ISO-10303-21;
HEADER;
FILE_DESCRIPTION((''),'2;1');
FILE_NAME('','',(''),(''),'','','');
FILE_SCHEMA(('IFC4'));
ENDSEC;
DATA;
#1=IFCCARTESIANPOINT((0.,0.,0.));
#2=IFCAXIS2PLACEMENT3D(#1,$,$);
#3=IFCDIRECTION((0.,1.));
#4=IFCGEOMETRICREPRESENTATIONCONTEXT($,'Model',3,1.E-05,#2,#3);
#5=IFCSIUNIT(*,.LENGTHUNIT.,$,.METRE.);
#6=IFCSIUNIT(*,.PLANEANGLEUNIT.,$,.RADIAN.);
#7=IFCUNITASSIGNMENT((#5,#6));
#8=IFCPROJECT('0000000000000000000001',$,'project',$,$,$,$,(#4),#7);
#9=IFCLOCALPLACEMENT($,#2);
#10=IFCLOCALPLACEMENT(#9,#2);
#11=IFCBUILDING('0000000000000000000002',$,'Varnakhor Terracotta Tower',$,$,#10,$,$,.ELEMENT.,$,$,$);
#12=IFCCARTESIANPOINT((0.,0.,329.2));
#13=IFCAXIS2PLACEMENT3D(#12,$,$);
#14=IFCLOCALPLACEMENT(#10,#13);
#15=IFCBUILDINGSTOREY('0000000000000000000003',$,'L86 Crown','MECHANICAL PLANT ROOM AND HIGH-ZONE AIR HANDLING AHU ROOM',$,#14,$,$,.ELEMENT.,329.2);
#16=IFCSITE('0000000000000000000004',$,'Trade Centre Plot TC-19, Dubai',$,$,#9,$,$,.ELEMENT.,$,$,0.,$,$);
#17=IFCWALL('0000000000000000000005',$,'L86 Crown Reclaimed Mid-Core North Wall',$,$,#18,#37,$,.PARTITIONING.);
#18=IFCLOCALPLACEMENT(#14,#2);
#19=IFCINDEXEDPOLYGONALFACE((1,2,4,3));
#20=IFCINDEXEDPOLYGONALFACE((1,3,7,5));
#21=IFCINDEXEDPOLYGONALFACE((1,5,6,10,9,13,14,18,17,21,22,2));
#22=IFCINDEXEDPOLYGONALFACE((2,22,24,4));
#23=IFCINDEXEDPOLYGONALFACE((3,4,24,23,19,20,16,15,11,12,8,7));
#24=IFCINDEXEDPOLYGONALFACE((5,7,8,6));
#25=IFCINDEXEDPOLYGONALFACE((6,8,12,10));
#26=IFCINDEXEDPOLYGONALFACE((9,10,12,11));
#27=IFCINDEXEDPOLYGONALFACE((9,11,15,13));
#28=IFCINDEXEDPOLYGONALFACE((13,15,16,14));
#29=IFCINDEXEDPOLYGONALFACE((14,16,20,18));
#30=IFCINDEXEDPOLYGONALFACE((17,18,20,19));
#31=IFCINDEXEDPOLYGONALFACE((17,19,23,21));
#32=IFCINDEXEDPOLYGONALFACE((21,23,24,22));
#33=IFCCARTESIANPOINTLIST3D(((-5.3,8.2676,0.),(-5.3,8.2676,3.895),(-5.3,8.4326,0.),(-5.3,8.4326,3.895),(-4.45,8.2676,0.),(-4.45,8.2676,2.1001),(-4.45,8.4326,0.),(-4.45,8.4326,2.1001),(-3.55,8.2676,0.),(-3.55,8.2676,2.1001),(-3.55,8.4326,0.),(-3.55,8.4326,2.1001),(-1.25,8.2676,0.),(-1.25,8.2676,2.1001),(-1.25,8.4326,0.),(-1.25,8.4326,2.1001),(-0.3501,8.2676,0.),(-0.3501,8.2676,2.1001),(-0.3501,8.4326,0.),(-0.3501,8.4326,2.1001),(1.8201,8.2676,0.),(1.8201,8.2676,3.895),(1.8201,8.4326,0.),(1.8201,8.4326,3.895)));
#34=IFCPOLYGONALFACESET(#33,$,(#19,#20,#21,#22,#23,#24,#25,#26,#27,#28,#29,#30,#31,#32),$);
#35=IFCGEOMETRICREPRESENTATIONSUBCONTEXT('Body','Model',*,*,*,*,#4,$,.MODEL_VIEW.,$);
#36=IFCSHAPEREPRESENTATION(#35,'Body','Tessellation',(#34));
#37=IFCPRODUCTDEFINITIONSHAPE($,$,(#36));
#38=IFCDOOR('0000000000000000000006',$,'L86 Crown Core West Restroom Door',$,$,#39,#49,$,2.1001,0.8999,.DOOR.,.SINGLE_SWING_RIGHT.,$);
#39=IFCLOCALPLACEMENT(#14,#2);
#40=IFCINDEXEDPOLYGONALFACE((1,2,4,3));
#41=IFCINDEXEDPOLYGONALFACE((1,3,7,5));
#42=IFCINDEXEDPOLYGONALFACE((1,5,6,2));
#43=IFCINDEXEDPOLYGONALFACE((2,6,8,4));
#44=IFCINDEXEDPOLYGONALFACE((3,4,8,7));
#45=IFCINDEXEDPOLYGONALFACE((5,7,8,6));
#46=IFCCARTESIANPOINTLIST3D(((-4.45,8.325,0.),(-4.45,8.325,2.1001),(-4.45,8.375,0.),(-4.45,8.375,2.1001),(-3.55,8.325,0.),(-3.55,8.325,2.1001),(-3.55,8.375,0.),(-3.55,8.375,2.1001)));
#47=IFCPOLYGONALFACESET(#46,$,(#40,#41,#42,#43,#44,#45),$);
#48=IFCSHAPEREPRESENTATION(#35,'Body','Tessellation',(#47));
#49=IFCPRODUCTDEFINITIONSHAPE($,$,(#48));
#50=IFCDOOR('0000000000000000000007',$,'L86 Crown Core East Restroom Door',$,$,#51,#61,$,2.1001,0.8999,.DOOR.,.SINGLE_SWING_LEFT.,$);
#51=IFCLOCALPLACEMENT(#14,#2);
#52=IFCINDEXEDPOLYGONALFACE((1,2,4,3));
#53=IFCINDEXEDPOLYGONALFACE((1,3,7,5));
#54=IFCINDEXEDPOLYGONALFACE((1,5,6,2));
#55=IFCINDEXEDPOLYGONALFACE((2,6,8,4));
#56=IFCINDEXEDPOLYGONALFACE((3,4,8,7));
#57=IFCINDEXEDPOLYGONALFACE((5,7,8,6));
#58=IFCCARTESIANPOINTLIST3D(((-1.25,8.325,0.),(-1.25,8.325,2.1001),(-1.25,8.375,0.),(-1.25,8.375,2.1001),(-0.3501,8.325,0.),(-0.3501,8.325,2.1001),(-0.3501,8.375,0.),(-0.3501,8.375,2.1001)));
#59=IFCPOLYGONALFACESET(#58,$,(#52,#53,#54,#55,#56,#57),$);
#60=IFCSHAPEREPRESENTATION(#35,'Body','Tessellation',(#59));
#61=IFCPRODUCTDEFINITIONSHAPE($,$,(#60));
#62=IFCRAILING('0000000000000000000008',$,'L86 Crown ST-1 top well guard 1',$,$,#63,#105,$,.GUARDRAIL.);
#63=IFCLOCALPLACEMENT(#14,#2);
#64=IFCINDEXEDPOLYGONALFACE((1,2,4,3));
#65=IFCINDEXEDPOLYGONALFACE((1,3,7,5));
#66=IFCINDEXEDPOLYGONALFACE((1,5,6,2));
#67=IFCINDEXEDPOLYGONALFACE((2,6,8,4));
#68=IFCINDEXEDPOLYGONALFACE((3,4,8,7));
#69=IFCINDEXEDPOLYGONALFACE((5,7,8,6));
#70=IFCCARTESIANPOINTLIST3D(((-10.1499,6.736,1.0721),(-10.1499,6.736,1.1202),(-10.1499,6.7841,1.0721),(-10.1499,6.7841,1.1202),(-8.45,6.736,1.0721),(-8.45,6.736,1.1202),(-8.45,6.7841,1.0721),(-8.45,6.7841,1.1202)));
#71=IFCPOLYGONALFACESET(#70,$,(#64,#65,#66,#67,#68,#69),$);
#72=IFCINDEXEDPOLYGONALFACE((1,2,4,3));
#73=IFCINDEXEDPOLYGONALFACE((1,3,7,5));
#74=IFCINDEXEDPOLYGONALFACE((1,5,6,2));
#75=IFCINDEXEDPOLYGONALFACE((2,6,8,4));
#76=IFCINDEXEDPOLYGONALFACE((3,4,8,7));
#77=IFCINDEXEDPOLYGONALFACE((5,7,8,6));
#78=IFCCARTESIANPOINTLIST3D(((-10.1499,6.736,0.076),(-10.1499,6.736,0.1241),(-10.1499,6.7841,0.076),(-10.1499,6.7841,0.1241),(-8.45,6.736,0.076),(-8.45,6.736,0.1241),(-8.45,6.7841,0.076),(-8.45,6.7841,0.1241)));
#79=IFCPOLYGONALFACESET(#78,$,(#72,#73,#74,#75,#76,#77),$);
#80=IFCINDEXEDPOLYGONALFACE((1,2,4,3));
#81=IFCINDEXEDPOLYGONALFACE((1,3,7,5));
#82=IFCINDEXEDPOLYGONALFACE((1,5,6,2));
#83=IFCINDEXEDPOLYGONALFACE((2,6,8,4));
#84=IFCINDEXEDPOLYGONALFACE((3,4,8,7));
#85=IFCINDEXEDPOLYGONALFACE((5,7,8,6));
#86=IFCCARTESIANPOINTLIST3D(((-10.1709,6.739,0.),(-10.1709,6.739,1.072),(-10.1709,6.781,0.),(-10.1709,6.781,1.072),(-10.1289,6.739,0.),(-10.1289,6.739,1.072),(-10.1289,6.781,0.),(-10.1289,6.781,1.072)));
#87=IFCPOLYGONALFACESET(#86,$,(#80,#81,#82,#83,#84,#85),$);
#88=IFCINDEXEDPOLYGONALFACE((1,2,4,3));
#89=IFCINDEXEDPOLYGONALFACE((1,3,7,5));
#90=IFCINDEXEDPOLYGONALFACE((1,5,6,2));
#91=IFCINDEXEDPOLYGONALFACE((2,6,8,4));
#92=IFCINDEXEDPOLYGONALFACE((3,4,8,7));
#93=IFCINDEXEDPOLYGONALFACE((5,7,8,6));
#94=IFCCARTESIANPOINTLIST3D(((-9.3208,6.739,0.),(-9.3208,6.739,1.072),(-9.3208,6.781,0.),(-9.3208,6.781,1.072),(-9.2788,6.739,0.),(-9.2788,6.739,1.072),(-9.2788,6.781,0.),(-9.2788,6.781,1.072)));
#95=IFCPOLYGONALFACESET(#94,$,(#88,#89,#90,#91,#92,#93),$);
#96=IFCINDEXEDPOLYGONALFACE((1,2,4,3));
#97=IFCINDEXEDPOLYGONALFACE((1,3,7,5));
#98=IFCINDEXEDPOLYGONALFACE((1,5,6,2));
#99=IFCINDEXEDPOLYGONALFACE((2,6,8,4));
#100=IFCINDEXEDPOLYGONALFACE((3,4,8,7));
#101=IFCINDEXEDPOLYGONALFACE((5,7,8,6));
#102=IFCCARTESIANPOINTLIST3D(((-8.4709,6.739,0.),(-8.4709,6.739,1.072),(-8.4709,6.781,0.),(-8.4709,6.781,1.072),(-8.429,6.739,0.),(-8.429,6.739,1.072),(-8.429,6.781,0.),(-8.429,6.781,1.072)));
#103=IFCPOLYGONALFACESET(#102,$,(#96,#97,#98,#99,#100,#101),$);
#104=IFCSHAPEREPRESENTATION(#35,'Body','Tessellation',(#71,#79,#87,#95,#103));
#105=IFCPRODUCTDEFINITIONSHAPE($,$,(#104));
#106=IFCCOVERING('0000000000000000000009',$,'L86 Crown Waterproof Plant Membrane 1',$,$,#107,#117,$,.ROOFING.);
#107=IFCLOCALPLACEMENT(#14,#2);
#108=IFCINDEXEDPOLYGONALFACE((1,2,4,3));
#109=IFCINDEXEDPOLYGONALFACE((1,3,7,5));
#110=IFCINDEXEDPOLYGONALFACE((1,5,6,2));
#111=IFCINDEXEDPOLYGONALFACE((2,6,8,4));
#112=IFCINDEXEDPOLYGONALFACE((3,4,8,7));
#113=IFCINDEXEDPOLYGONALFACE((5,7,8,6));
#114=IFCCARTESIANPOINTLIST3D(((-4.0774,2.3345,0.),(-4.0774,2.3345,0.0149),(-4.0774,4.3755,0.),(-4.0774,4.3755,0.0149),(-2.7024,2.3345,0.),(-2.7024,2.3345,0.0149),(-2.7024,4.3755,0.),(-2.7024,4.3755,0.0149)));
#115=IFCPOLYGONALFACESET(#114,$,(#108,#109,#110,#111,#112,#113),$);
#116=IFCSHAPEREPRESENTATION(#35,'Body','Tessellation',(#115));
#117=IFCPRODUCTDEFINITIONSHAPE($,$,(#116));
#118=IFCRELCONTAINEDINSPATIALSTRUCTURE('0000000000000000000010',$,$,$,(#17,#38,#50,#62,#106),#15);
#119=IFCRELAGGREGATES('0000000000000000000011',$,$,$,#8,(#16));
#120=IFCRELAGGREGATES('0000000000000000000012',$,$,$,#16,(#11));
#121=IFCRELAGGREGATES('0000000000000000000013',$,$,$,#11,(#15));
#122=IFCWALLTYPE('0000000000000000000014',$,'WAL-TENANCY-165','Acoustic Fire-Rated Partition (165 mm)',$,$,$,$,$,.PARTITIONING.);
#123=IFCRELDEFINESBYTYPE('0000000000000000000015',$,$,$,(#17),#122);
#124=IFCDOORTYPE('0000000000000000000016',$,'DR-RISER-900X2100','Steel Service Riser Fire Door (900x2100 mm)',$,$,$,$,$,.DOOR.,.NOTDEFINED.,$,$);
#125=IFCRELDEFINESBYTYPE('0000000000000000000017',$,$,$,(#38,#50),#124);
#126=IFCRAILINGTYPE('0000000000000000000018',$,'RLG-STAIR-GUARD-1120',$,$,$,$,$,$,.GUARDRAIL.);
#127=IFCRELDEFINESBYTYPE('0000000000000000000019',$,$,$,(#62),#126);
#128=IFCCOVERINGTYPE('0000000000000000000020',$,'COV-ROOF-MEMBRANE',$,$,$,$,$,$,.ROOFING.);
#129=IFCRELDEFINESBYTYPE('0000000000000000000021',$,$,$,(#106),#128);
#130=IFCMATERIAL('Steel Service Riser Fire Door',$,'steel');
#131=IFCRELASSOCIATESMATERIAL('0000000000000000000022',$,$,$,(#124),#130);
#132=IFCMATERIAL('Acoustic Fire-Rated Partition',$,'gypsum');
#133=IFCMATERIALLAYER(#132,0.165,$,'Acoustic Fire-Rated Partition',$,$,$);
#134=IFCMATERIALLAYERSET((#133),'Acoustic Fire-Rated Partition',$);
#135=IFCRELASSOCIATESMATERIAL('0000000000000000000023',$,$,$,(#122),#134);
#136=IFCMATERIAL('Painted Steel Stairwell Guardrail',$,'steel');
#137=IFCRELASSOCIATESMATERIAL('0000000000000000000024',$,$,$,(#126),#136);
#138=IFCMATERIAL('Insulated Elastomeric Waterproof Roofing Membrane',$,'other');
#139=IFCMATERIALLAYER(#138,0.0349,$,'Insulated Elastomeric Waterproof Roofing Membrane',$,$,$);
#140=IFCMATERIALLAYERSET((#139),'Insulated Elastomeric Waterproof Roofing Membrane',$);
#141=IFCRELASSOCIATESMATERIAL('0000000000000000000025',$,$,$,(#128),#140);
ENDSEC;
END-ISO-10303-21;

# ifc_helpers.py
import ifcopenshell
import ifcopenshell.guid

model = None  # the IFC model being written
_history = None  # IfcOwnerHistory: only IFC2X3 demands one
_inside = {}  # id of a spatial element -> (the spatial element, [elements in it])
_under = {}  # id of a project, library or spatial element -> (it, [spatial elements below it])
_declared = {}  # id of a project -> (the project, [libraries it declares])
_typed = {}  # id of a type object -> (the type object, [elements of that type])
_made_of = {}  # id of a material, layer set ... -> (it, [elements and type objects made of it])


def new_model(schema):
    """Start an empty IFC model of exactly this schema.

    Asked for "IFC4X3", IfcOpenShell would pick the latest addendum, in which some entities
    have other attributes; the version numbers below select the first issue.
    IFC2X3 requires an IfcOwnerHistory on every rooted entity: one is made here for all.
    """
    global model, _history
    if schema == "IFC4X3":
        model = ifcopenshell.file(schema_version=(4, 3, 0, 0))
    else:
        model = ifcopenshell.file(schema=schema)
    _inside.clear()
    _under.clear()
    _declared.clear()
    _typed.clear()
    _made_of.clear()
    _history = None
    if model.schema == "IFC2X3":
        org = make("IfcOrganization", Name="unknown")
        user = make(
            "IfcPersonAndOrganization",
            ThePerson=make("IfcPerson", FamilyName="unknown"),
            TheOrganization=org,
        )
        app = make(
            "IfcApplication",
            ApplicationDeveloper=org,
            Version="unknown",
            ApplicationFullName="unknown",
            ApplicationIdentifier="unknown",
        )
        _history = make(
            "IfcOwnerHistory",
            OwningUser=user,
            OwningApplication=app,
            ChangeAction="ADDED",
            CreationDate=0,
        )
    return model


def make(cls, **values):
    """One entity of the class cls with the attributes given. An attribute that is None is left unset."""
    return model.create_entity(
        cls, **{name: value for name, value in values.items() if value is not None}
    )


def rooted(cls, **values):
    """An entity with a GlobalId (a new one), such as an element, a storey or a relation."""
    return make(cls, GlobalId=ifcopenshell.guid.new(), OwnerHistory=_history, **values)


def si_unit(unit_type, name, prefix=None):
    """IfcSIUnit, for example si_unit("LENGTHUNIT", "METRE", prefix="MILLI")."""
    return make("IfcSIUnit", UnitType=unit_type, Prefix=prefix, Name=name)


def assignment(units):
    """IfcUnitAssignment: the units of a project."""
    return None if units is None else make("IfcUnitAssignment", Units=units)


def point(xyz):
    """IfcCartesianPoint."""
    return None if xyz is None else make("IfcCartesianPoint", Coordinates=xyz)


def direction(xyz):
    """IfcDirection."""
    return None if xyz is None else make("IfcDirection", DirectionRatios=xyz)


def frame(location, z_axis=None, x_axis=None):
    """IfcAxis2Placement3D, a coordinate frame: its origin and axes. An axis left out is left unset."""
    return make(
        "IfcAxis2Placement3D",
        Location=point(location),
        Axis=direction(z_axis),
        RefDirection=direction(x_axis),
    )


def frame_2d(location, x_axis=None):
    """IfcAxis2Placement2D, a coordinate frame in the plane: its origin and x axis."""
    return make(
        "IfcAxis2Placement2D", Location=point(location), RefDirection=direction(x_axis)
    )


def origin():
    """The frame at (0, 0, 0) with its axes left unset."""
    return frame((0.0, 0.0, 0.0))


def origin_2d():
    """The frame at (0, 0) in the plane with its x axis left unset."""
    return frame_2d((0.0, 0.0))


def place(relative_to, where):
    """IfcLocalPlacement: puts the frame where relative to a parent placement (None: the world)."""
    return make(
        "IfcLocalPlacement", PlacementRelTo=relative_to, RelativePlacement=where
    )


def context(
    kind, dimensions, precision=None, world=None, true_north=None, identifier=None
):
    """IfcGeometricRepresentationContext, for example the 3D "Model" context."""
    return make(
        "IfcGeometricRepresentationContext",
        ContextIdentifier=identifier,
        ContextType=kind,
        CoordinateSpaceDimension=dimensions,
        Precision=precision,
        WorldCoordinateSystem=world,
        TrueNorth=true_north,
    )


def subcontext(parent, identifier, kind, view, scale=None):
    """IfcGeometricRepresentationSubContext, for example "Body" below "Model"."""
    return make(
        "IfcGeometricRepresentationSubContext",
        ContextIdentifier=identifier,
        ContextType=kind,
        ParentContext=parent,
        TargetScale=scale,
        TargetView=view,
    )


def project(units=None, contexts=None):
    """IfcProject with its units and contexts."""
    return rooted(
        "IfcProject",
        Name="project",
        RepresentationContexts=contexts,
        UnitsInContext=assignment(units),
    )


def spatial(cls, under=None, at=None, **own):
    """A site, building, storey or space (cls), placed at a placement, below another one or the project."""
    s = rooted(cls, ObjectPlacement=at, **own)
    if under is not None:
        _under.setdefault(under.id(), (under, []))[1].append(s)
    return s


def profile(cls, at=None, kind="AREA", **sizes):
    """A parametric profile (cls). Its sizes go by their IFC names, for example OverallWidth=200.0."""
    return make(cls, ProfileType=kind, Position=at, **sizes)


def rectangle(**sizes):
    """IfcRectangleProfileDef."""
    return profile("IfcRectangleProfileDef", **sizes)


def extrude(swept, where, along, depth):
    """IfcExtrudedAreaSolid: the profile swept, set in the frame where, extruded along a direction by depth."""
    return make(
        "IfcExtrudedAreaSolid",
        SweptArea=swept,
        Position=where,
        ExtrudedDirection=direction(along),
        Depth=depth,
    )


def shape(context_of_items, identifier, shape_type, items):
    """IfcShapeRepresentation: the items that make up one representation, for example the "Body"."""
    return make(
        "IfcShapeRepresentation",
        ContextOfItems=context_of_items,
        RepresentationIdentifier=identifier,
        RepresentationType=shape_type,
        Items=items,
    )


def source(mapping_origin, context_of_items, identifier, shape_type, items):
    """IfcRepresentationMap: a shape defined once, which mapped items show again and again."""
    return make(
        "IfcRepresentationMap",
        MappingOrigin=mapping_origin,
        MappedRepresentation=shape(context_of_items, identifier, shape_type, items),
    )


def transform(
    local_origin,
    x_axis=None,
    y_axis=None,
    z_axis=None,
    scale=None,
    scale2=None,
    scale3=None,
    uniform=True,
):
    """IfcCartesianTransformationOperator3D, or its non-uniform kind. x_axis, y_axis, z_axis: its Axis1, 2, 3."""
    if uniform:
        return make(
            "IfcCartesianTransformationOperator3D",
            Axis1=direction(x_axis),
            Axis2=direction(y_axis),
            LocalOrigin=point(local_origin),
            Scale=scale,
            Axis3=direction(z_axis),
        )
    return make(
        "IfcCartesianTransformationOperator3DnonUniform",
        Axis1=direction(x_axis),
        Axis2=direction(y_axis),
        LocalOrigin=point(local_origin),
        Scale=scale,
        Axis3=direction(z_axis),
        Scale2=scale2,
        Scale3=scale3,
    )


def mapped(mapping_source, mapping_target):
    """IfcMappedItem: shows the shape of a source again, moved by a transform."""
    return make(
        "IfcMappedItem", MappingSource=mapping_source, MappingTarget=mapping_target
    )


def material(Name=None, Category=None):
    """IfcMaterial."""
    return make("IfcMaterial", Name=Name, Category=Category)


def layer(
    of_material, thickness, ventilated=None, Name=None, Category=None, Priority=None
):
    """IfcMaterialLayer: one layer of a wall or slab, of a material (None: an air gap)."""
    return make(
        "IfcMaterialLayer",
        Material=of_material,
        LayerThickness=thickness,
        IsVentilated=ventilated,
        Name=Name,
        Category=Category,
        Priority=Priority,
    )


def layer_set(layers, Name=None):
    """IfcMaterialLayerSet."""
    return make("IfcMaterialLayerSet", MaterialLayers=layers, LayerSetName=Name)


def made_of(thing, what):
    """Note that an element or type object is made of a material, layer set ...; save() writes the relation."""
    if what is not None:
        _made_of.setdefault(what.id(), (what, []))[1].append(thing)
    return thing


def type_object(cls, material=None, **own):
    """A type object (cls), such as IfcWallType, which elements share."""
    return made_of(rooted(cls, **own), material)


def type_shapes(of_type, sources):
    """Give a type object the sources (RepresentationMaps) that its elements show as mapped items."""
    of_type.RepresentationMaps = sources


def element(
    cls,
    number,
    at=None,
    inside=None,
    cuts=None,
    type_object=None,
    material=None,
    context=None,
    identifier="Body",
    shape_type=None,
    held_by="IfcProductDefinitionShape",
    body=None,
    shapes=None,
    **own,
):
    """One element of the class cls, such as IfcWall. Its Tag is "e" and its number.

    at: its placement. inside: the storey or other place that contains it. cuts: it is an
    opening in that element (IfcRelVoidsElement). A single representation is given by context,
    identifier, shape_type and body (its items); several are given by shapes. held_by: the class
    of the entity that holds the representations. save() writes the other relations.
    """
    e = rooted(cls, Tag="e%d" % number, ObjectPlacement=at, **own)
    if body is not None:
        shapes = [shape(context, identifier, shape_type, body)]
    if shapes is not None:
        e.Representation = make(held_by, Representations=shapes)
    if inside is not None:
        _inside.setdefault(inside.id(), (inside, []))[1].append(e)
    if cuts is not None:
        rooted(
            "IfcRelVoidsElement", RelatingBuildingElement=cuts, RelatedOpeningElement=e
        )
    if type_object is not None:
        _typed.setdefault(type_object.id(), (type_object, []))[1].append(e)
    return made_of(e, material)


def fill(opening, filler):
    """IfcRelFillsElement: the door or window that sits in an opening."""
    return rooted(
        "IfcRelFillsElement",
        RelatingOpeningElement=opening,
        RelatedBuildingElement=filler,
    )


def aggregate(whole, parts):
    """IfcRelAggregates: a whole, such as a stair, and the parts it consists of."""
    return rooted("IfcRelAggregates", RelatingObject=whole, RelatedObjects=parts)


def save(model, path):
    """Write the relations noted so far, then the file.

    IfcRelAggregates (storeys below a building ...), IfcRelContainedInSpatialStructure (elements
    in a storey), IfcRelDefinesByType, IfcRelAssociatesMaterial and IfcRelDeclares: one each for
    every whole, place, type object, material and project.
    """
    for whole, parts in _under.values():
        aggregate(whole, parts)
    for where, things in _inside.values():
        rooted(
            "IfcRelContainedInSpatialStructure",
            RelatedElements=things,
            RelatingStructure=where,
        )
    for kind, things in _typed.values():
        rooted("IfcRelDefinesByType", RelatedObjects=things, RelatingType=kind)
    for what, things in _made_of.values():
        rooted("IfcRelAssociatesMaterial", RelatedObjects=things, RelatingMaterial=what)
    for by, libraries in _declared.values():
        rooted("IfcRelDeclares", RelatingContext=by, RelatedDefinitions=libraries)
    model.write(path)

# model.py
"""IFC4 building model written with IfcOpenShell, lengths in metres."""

from ifc_helpers import new_model, si_unit, direction, frame, frame_2d, origin, origin_2d, place, context, subcontext, project, spatial, rectangle, extrude, source, transform, mapped, material, layer, layer_set, type_object, type_shapes, element, fill, save


model = new_model("IFC4")

# Units and contexts
model_context = context("Model", 3, precision=1e-05, world=origin(), true_north=direction((0.0, 1.0)))
body_context = subcontext(model_context, "Body", "Model", "MODEL_VIEW")
ifc_project = project(units=[si_unit("LENGTHUNIT", "METRE"), si_unit("PLANEANGLEUNIT", "RADIAN")], contexts=[model_context])

# Site, building, storey
site_placement = place(None, origin())
site = spatial("IfcSite", under=ifc_project, at=site_placement, Name="Trade Centre Plot TC-19, Dubai", CompositionType="ELEMENT", RefElevation=0.0)
building_placement = place(site_placement, origin())
building = spatial("IfcBuilding", under=site, at=building_placement, Name="Varnakhor Terracotta Tower", CompositionType="ELEMENT")
storey_placement = place(building_placement, frame((0.0, 0.0, 329.2)))
storey = spatial("IfcBuildingStorey", under=building, at=storey_placement, Name="L86 Crown", Description="MECHANICAL PLANT ROOM AND HIGH-ZONE AIR HANDLING AHU ROOM", CompositionType="ELEMENT", Elevation=329.2)

# Shared definitions
ifc_material_1 = material(Name="Acoustic Fire-Rated Partition", Category="gypsum")

# Shared definitions
ifc_material_2 = material(Name="Steel Service Riser Fire Door", Category="steel")
door_type_1 = type_object("IfcDoorType", Name="DR-RISER-900X2100", Description="Steel Service Riser Fire Door (900x2100 mm)", OperationType="NOTDEFINED", PredefinedType="DOOR", material=ifc_material_2)
shared_shape_1 = source(origin(), body_context, "Body", "SweptSolid", [
    extrude(rectangle(XDim=0.8999, YDim=2.1001, at=frame_2d((0.45, 1.05))), frame((0.0, 0.0249, 0.0), z_axis=(0.0, -1.0, 0.0), x_axis=(1.0, 0.0, 0.0)), (0.0, 0.0, 1.0), 0.05),
])
type_shapes(door_type_1, [shared_shape_1])
ifc_layer_1 = layer(ifc_material_1, 0.165, Name="Acoustic Fire-Rated Partition")
ifc_layer_set_1 = layer_set([ifc_layer_1], Name="Acoustic Fire-Rated Partition")
wall_type_1 = type_object("IfcWallType", Name="WAL-TENANCY-165", Description="Acoustic Fire-Rated Partition (165 mm)", PredefinedType="PARTITIONING", material=ifc_layer_set_1)

# Wall, openings, doors
wall_1_placement = place(storey_placement, frame((-5.3, 8.3501, 0.0), z_axis=(0.0, 0.0, 1.0), x_axis=(1.0, 0.0, 0.0)))
wall_1 = element("IfcWall", 1, at=wall_1_placement, inside=storey, type_object=wall_type_1, Name="L86 Crown Reclaimed Mid-Core North Wall", PredefinedType="PARTITIONING", context=body_context, shape_type="SweptSolid", body=[
    extrude(rectangle(XDim=7.1201, YDim=0.165, at=frame_2d((3.5601, 0.0))), origin(), (0.0, 0.0, 1.0), 3.895),
])
opening_1_placement = place(wall_1_placement, frame((0.8501, 0.0, 0.0)))
opening_1 = element("IfcOpeningElement", 2, at=opening_1_placement, cuts=wall_1, PredefinedType="OPENING", context=body_context, shape_type="SweptSolid", body=[
    extrude(rectangle(XDim=0.8999, YDim=2.1001, at=frame_2d((0.45, 1.05))), frame((0.0, 0.0925, 0.0), z_axis=(0.0, -1.0, 0.0), x_axis=(1.0, 0.0, 0.0)), (0.0, 0.0, 1.0), 0.1851),
])
opening_2_placement = place(wall_1_placement, frame((4.05, 0.0, 0.0)))
opening_2 = element("IfcOpeningElement", 3, at=opening_2_placement, cuts=wall_1, PredefinedType="OPENING", context=body_context, shape_type="SweptSolid", body=[
    extrude(rectangle(XDim=0.8999, YDim=2.1001, at=frame_2d((0.45, 1.05))), frame((0.0, 0.0925, 0.0), z_axis=(0.0, -1.0, 0.0), x_axis=(1.0, 0.0, 0.0)), (0.0, 0.0, 1.0), 0.1851),
])
door_1_placement = place(opening_1_placement, origin())
door_1 = element("IfcDoor", 4, at=door_1_placement, inside=storey, type_object=door_type_1, Name="L86 Crown Core West Restroom Door", OperationType="SINGLE_SWING_RIGHT", OverallHeight=2.1001, OverallWidth=0.8999, PredefinedType="DOOR", context=body_context, shape_type="MappedRepresentation", body=[
    mapped(shared_shape_1, transform((0.0, 0.0, 0.0), scale=1.0)),
])
fill(opening_1, door_1)
door_2_placement = place(opening_2_placement, origin())
door_2 = element("IfcDoor", 5, at=door_2_placement, inside=storey, type_object=door_type_1, Name="L86 Crown Core East Restroom Door", OperationType="SINGLE_SWING_LEFT", OverallHeight=2.1001, OverallWidth=0.8999, PredefinedType="DOOR", context=body_context, shape_type="MappedRepresentation", body=[
    mapped(shared_shape_1, transform((0.0, 0.0, 0.0), scale=1.0)),
])
fill(opening_2, door_2)

# Railing
ifc_material_3 = material(Name="Painted Steel Stairwell Guardrail", Category="steel")
railing_type = type_object("IfcRailingType", Name="RLG-STAIR-GUARD-1120", PredefinedType="GUARDRAIL", material=ifc_material_3)
railing_placement = place(storey_placement, frame((-10.1499, 6.76, 0.0)))
element("IfcRailing", 6, at=railing_placement, inside=storey, type_object=railing_type, Name="L86 Crown ST-1 top well guard 1", PredefinedType="GUARDRAIL", context=body_context, shape_type="SweptSolid", body=[
    extrude(rectangle(XDim=0.0481, YDim=0.0481, at=origin_2d()), frame((0.0, 0.0, 1.0962), z_axis=(1.0, 0.0, 0.0), x_axis=(0.0, 1.0, 0.0)), (0.0, 0.0, 1.0), 1.7),
    extrude(rectangle(XDim=0.0481, YDim=0.0481, at=origin_2d()), frame((0.0, 0.0, 0.1001), z_axis=(1.0, 0.0, 0.0), x_axis=(0.0, 1.0, 0.0)), (0.0, 0.0, 1.0), 1.7),
    extrude(rectangle(XDim=0.042, YDim=0.042, at=origin_2d()), origin(), (0.0, 0.0, 1.0), 1.072),
    extrude(rectangle(XDim=0.042, YDim=0.042, at=origin_2d()), frame((0.8501, 0.0, 0.0)), (0.0, 0.0, 1.0), 1.072),
    extrude(rectangle(XDim=0.042, YDim=0.042, at=origin_2d()), frame((1.7, 0.0, 0.0)), (0.0, 0.0, 1.0), 1.072),
])

# Covering
ifc_material_4 = material(Name="Insulated Elastomeric Waterproof Roofing Membrane", Category="other")
ifc_layer_2 = layer(ifc_material_4, 0.0349, Name="Insulated Elastomeric Waterproof Roofing Membrane")
ifc_layer_set_2 = layer_set([ifc_layer_2], Name="Insulated Elastomeric Waterproof Roofing Membrane")
covering_type = type_object("IfcCoveringType", Name="COV-ROOF-MEMBRANE", PredefinedType="ROOFING", material=ifc_layer_set_2)
shared_shape_2 = source(origin(), body_context, "Body", "SweptSolid", [
    extrude(rectangle(XDim=1.375, YDim=2.041, at=origin_2d()), origin(), (0.0, 0.0, 1.0), 0.0149),
])
covering_placement = place(storey_placement, frame((-3.3899, 3.355, 0.0), z_axis=(0.0, 0.0, 1.0), x_axis=(1.0, 0.0, 0.0)))
element("IfcCovering", 7, at=covering_placement, inside=storey, type_object=covering_type, Name="L86 Crown Waterproof Plant Membrane 1", PredefinedType="ROOFING", context=body_context, shape_type="MappedRepresentation", body=[
    mapped(shared_shape_2, transform((0.0, 0.0, 0.0), scale=1.0)),
])

save(model, "model.ifc")
